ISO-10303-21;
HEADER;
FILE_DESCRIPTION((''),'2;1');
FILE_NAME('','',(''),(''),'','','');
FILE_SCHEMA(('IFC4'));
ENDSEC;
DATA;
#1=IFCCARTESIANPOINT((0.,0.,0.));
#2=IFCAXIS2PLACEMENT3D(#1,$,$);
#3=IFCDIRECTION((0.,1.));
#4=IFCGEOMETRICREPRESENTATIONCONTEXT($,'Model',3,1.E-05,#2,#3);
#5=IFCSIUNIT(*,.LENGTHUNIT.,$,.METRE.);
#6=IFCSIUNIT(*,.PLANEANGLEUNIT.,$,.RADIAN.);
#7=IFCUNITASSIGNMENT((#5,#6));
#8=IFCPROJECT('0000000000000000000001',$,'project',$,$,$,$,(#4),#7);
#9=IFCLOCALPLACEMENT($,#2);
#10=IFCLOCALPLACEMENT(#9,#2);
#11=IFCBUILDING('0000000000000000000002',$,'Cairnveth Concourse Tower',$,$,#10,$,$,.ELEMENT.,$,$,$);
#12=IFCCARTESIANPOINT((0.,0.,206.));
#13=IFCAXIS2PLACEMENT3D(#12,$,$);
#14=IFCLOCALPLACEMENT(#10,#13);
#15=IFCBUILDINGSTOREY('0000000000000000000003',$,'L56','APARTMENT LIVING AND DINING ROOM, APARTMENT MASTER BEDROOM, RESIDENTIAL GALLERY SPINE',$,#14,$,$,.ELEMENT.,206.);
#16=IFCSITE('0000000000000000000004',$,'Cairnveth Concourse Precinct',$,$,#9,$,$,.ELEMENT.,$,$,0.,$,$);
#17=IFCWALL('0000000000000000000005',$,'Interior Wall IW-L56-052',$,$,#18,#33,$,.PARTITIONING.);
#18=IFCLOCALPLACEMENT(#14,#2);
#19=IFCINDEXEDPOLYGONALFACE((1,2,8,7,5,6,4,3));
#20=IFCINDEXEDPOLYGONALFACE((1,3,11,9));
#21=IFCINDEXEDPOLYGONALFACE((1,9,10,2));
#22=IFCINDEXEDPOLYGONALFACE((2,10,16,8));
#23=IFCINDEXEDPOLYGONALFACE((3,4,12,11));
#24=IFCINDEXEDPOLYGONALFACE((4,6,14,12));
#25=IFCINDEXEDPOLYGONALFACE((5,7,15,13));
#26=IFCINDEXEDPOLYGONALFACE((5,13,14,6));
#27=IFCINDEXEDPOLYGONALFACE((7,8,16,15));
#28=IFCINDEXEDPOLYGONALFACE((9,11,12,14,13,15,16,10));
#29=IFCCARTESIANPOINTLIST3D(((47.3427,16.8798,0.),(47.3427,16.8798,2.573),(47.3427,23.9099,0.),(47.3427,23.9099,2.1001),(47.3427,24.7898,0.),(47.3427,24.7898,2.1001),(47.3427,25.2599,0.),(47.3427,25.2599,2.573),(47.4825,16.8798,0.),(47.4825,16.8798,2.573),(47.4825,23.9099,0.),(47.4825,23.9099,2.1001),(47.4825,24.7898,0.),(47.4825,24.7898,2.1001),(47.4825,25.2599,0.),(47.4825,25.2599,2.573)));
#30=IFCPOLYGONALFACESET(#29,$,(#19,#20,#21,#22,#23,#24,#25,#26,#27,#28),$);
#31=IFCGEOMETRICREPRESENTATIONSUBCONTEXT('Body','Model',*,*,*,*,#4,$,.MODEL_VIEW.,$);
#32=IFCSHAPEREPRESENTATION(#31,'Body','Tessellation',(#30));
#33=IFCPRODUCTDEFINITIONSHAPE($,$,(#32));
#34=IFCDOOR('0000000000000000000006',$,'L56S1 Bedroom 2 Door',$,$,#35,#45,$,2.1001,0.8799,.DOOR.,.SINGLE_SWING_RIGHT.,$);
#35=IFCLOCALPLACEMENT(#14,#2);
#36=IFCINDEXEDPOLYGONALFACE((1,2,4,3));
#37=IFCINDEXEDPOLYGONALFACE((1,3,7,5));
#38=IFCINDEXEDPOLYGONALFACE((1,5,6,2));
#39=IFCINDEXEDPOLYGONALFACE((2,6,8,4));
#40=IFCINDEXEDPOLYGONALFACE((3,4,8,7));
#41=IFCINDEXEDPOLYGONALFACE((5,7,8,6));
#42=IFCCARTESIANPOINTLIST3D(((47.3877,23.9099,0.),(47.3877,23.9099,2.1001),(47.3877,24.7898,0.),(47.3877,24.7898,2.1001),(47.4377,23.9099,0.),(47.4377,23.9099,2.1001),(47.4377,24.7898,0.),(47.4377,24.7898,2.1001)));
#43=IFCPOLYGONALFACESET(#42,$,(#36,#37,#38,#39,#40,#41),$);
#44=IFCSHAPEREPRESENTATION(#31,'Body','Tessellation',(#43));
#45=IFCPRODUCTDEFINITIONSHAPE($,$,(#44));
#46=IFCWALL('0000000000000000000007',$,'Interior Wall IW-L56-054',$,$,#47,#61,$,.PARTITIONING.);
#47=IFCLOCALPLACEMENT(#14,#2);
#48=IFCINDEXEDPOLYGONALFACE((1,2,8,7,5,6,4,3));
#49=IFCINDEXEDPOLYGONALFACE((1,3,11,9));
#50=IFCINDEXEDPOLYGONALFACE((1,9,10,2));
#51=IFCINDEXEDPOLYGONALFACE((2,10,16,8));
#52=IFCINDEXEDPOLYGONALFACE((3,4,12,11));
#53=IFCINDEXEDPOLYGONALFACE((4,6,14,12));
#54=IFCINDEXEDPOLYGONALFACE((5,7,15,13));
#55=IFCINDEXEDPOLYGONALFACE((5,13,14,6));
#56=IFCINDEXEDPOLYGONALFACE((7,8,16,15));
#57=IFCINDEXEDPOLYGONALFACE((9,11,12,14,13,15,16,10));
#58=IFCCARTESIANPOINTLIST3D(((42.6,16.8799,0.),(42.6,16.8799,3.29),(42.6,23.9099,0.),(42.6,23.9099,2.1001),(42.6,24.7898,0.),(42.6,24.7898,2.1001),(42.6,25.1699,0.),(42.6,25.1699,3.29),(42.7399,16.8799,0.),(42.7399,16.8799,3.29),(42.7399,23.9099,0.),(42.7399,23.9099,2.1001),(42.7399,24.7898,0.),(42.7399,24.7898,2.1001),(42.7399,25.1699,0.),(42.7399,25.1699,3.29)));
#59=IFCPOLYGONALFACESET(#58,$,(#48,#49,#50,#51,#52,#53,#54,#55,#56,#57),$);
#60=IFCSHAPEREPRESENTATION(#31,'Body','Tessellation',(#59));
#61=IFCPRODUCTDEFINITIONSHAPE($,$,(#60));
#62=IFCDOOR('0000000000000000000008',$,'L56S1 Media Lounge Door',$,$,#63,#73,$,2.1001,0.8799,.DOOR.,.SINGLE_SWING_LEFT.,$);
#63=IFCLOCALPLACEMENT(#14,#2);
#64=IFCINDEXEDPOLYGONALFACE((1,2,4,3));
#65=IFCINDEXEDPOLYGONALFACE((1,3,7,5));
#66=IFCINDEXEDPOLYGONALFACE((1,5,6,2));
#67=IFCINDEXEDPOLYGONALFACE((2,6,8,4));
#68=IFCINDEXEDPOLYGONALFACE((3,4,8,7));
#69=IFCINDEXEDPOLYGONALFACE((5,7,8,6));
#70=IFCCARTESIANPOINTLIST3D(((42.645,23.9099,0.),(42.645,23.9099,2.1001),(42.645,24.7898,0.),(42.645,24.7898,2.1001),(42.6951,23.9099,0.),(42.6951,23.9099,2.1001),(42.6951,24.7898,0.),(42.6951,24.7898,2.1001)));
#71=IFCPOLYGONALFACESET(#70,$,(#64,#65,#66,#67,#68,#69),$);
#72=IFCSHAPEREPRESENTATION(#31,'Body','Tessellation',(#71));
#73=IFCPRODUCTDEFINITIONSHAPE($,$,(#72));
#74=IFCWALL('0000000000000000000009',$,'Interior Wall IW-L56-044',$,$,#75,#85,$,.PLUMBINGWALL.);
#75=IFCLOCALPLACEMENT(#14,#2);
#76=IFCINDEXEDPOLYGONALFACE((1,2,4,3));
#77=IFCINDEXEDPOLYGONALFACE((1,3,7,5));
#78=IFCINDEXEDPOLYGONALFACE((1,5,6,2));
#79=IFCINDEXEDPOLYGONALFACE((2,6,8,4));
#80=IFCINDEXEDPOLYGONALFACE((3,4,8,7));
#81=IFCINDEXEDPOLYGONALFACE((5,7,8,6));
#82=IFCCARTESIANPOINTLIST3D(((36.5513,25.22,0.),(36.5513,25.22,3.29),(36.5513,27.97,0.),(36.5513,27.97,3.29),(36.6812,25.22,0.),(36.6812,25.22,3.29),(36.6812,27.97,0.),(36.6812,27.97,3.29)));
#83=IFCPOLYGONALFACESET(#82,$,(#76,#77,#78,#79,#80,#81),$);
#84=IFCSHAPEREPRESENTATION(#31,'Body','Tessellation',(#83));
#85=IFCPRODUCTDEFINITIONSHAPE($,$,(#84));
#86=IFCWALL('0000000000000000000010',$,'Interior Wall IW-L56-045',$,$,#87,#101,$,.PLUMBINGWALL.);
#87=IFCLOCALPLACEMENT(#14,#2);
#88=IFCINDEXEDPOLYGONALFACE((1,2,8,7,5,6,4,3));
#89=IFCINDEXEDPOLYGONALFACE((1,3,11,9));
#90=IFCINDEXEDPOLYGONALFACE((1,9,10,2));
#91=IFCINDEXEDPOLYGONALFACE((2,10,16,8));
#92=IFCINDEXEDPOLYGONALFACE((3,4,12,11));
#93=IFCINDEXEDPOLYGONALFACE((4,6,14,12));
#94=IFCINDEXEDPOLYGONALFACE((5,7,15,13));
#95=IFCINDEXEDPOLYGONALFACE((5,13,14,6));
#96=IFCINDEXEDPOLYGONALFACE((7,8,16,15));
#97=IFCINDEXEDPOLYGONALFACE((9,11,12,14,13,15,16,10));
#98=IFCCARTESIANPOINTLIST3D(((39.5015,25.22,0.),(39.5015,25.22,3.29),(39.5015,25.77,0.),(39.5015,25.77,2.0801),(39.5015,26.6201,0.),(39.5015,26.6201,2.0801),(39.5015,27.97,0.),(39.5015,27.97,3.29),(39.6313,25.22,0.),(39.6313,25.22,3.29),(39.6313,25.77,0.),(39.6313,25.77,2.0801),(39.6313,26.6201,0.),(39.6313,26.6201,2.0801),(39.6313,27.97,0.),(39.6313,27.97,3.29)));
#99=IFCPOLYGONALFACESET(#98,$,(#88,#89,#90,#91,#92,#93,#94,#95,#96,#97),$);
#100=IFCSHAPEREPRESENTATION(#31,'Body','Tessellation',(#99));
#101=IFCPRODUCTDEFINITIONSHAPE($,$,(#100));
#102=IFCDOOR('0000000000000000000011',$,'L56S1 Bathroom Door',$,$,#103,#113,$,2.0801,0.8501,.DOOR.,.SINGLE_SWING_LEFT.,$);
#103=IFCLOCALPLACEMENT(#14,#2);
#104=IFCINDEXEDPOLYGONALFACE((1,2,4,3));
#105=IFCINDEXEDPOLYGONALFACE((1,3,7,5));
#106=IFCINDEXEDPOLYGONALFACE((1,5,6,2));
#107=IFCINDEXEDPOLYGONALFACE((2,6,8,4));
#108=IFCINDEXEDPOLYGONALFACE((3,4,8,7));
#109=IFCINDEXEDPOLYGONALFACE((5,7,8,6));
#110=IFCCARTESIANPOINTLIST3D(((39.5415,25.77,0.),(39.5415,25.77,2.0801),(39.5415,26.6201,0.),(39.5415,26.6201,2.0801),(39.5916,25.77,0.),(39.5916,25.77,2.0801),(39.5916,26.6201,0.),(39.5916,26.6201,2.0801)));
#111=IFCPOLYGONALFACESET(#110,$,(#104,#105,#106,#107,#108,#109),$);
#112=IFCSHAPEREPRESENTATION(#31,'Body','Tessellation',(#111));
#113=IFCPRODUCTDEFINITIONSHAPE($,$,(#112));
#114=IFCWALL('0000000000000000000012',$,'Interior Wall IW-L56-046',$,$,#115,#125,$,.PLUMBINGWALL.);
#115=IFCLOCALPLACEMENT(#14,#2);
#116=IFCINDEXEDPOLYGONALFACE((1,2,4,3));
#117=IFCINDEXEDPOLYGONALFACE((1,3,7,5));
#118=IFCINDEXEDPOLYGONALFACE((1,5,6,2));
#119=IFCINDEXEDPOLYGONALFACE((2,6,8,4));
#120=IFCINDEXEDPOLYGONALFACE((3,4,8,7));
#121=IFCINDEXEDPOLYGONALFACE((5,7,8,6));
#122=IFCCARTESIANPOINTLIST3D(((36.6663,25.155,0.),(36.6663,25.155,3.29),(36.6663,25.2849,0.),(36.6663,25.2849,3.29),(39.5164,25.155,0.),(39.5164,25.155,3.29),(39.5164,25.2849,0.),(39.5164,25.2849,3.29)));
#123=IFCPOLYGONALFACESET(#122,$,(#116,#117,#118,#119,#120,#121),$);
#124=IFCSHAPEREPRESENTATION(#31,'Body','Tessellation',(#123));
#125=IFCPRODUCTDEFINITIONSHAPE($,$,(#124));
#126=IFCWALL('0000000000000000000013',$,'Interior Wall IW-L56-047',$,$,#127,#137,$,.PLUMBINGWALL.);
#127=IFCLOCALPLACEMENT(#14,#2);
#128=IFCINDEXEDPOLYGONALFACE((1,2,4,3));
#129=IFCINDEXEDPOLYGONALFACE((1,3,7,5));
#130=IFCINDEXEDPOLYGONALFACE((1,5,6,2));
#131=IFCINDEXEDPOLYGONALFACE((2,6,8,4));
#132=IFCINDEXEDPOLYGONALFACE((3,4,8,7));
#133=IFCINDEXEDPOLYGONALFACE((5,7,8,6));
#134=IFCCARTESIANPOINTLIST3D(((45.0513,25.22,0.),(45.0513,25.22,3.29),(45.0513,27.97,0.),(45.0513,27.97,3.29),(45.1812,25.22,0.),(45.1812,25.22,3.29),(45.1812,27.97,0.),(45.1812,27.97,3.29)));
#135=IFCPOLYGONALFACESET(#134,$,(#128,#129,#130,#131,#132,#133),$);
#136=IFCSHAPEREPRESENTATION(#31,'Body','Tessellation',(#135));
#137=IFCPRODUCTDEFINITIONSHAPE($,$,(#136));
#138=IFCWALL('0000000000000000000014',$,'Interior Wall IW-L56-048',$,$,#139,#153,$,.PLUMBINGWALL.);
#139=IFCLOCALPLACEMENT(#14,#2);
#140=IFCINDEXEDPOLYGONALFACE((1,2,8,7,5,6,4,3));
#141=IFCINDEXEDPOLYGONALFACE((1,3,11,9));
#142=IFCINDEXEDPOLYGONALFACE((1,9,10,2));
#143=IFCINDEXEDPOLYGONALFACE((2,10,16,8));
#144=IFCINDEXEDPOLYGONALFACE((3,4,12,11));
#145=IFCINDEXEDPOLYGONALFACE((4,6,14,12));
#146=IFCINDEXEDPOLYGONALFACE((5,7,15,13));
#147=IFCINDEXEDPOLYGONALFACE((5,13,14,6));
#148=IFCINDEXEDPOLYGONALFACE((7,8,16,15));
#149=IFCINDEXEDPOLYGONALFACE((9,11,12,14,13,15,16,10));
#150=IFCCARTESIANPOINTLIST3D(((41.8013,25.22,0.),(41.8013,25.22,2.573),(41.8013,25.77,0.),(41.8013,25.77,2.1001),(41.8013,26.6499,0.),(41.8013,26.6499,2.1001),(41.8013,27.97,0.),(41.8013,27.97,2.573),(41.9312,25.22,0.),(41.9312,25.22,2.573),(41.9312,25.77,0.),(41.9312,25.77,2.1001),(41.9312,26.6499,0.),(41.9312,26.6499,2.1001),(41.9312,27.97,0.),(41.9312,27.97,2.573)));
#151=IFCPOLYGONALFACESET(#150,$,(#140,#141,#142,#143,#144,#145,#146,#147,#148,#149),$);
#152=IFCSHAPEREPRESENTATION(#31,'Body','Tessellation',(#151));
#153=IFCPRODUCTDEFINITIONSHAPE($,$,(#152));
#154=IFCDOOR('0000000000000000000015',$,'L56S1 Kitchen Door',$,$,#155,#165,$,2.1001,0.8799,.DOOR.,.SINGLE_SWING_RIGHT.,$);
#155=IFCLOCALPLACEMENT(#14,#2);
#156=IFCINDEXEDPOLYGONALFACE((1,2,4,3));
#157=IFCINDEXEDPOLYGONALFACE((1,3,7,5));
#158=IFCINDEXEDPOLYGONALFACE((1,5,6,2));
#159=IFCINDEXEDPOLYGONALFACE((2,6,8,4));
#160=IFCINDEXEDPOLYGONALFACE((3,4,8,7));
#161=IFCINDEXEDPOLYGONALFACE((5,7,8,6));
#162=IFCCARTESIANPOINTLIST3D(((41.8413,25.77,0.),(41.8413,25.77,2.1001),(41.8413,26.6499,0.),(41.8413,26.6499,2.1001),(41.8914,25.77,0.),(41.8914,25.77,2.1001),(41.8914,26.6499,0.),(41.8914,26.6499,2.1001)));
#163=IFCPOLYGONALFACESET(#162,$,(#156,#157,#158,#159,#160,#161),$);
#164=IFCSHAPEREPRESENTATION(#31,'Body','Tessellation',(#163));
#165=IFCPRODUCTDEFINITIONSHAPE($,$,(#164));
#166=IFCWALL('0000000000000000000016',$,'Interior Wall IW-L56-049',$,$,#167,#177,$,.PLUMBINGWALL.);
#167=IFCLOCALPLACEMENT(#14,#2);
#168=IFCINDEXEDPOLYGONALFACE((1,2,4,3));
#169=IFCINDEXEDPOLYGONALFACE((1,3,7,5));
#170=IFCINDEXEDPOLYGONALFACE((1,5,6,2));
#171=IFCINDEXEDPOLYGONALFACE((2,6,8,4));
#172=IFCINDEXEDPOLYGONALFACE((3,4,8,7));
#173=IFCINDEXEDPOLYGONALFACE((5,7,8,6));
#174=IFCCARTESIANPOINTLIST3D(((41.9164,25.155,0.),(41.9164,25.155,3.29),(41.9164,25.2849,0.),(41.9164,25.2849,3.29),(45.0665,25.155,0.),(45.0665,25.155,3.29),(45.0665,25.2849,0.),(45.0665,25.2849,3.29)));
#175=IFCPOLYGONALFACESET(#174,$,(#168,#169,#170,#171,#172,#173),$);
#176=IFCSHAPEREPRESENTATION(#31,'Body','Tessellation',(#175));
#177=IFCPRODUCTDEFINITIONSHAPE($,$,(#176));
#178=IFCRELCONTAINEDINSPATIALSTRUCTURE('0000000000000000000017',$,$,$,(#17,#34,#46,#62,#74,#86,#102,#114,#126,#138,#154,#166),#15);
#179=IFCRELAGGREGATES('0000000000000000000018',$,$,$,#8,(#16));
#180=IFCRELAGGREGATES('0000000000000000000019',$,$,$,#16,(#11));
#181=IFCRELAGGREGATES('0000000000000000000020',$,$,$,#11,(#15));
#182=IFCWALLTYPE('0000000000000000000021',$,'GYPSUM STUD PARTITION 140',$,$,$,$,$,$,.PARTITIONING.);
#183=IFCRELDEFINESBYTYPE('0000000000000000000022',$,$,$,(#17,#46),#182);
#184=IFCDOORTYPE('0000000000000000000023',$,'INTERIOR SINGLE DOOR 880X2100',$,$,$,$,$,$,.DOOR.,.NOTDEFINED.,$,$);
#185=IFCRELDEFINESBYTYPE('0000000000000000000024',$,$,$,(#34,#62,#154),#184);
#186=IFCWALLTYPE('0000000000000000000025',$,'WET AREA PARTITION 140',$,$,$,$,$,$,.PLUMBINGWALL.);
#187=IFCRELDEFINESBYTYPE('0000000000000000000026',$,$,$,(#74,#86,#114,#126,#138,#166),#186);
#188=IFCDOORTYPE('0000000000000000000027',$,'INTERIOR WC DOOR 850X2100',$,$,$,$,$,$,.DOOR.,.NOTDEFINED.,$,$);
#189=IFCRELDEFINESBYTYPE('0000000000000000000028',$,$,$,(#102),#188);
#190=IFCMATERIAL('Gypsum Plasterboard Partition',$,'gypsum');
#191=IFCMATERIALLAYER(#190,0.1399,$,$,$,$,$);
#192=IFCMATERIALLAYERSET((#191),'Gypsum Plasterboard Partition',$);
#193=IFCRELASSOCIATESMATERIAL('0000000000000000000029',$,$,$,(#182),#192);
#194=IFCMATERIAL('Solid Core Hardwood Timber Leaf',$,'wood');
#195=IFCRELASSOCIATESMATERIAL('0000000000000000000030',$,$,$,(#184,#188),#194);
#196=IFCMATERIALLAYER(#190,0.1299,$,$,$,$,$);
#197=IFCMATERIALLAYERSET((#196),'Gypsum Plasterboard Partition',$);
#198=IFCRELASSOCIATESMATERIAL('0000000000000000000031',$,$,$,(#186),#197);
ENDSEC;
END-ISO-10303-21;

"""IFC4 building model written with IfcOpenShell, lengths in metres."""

from ifc_helpers import new_model, si_unit, direction, frame, frame_2d, origin, place, context, subcontext, project, spatial, rectangle, extrude, material, layer, layer_set, type_object, element, fill, save


model = new_model("IFC4")

# Units and contexts
model_context = context("Model", 3, precision=1e-05, world=origin(), true_north=direction((0.0, 1.0)))
body_context = subcontext(model_context, "Body", "Model", "MODEL_VIEW")
ifc_project = project(units=[si_unit("LENGTHUNIT", "METRE"), si_unit("PLANEANGLEUNIT", "RADIAN")], contexts=[model_context])

# Site, building, storey
site_placement = place(None, origin())
site = spatial("IfcSite", under=ifc_project, at=site_placement, Name="Cairnveth Concourse Precinct", CompositionType="ELEMENT", RefElevation=0.0)
building_placement = place(site_placement, origin())
building = spatial("IfcBuilding", under=site, at=building_placement, Name="Cairnveth Concourse Tower", CompositionType="ELEMENT")
storey_placement = place(building_placement, frame((0.0, 0.0, 206.0)))
storey = spatial("IfcBuildingStorey", under=building, at=storey_placement, Name="L56", Description="APARTMENT LIVING AND DINING ROOM, APARTMENT MASTER BEDROOM, RESIDENTIAL GALLERY SPINE", CompositionType="ELEMENT", Elevation=206.0)

# Walls, openings, doors
ifc_material_1 = material(Name="Gypsum Plasterboard Partition", Category="gypsum")
ifc_layer_1 = layer(ifc_material_1, 0.1399)
ifc_layer_set_1 = layer_set([ifc_layer_1], Name="Gypsum Plasterboard Partition")
wall_type_1 = type_object("IfcWallType", Name="GYPSUM STUD PARTITION 140", PredefinedType="PARTITIONING", material=ifc_layer_set_1)
ifc_material_2 = material(Name="Solid Core Hardwood Timber Leaf", Category="wood")
door_type_1 = type_object("IfcDoorType", Name="INTERIOR SINGLE DOOR 880X2100", OperationType="NOTDEFINED", PredefinedType="DOOR", material=ifc_material_2)
wall_1_placement = place(storey_placement, frame((47.4126, 16.8799, 0.0), z_axis=(0.0, 0.0, 1.0), x_axis=(0.0, 1.0, 0.0)))
wall_1 = element("IfcWall", 1, at=wall_1_placement, inside=storey, type_object=wall_type_1, Name="Interior Wall IW-L56-052", PredefinedType="PARTITIONING", context=body_context, shape_type="SweptSolid", body=[
    extrude(rectangle(XDim=8.3801, YDim=0.1399, at=frame_2d((4.1899, 0.0))), origin(), (0.0, 0.0, 1.0), 2.573),
])
opening_1_placement = place(wall_1_placement, frame((7.03, 0.0, 0.0)))
opening_1 = element("IfcOpeningElement", 2, at=opening_1_placement, cuts=wall_1, PredefinedType="OPENING", context=body_context, shape_type="SweptSolid", body=[
    extrude(rectangle(XDim=0.8799, YDim=2.1001, at=frame_2d((0.4399, 1.05))), frame((0.0, 0.0798, 0.0), z_axis=(0.0, -1.0, 0.0), x_axis=(1.0, 0.0, 0.0)), (0.0, 0.0, 1.0), 0.1599),
])
door_1_placement = place(opening_1_placement, origin())
door_1 = element("IfcDoor", 3, at=door_1_placement, inside=storey, type_object=door_type_1, Name="L56S1 Bedroom 2 Door", OperationType="SINGLE_SWING_RIGHT", OverallHeight=2.1001, OverallWidth=0.8799, PredefinedType="DOOR", context=body_context, shape_type="SweptSolid", body=[
    extrude(rectangle(XDim=0.8799, YDim=2.1001, at=frame_2d((0.4399, 1.05))), frame((0.0, 0.0249, 0.0), z_axis=(0.0, -1.0, 0.0), x_axis=(1.0, 0.0, 0.0)), (0.0, 0.0, 1.0), 0.05),
])
fill(opening_1, door_1)
wall_2_placement = place(storey_placement, frame((42.6699, 16.8799, 0.0), z_axis=(0.0, 0.0, 1.0), x_axis=(0.0, 1.0, 0.0)))
wall_2 = element("IfcWall", 4, at=wall_2_placement, inside=storey, type_object=wall_type_1, Name="Interior Wall IW-L56-054", PredefinedType="PARTITIONING", context=body_context, shape_type="SweptSolid", body=[
    extrude(rectangle(XDim=8.29, YDim=0.1399, at=frame_2d((4.145, 0.0))), origin(), (0.0, 0.0, 1.0), 3.29),
])
opening_2_placement = place(wall_2_placement, frame((7.03, 0.0, 0.0)))
opening_2 = element("IfcOpeningElement", 5, at=opening_2_placement, cuts=wall_2, PredefinedType="OPENING", context=body_context, shape_type="SweptSolid", body=[
    extrude(rectangle(XDim=0.8799, YDim=2.1001, at=frame_2d((0.4399, 1.05))), frame((0.0, 0.0798, 0.0), z_axis=(0.0, -1.0, 0.0), x_axis=(1.0, 0.0, 0.0)), (0.0, 0.0, 1.0), 0.1599),
])
door_2_placement = place(opening_2_placement, origin())
door_2 = element("IfcDoor", 6, at=door_2_placement, inside=storey, type_object=door_type_1, Name="L56S1 Media Lounge Door", OperationType="SINGLE_SWING_LEFT", OverallHeight=2.1001, OverallWidth=0.8799, PredefinedType="DOOR", context=body_context, shape_type="SweptSolid", body=[
    extrude(rectangle(XDim=0.8799, YDim=2.1001, at=frame_2d((0.4399, 1.05))), frame((0.0, 0.0249, 0.0), z_axis=(0.0, -1.0, 0.0), x_axis=(1.0, 0.0, 0.0)), (0.0, 0.0, 1.0), 0.05),
])
fill(opening_2, door_2)

# Wall
ifc_layer_2 = layer(ifc_material_1, 0.1299)
ifc_layer_set_2 = layer_set([ifc_layer_2], Name="Gypsum Plasterboard Partition")
wall_type_2 = type_object("IfcWallType", Name="WET AREA PARTITION 140", PredefinedType="PLUMBINGWALL", material=ifc_layer_set_2)
wall_3_placement = place(storey_placement, frame((36.6162, 25.22, 0.0), z_axis=(0.0, 0.0, 1.0), x_axis=(0.0, 1.0, 0.0)))
element("IfcWall", 7, at=wall_3_placement, inside=storey, type_object=wall_type_2, Name="Interior Wall IW-L56-044", PredefinedType="PLUMBINGWALL", context=body_context, shape_type="SweptSolid", body=[
    extrude(rectangle(XDim=2.75, YDim=0.1299, at=frame_2d((1.375, 0.0))), origin(), (0.0, 0.0, 1.0), 3.29),
])

# Wall, opening, door
wall_4_placement = place(storey_placement, frame((39.5664, 25.22, 0.0), z_axis=(0.0, 0.0, 1.0), x_axis=(0.0, 1.0, 0.0)))
wall_4 = element("IfcWall", 8, at=wall_4_placement, inside=storey, type_object=wall_type_2, Name="Interior Wall IW-L56-045", PredefinedType="PLUMBINGWALL", context=body_context, shape_type="SweptSolid", body=[
    extrude(rectangle(XDim=2.75, YDim=0.1299, at=frame_2d((1.375, 0.0))), origin(), (0.0, 0.0, 1.0), 3.29),
])
opening_3_placement = place(wall_4_placement, frame((0.55, 0.0, 0.0)))
opening_3 = element("IfcOpeningElement", 9, at=opening_3_placement, cuts=wall_4, PredefinedType="OPENING", context=body_context, shape_type="SweptSolid", body=[
    extrude(rectangle(XDim=0.8501, YDim=2.0801, at=frame_2d((0.425, 1.04))), frame((0.0, 0.075, 0.0), z_axis=(0.0, -1.0, 0.0), x_axis=(1.0, 0.0, 0.0)), (0.0, 0.0, 1.0), 0.1499),
])
door_type_2 = type_object("IfcDoorType", Name="INTERIOR WC DOOR 850X2100", OperationType="NOTDEFINED", PredefinedType="DOOR", material=ifc_material_2)
door_3_placement = place(opening_3_placement, origin())
door_3 = element("IfcDoor", 10, at=door_3_placement, inside=storey, type_object=door_type_2, Name="L56S1 Bathroom Door", OperationType="SINGLE_SWING_LEFT", OverallHeight=2.0801, OverallWidth=0.8501, PredefinedType="DOOR", context=body_context, shape_type="SweptSolid", body=[
    extrude(rectangle(XDim=0.8501, YDim=2.0801, at=frame_2d((0.425, 1.04))), frame((0.0, 0.0249, 0.0), z_axis=(0.0, -1.0, 0.0), x_axis=(1.0, 0.0, 0.0)), (0.0, 0.0, 1.0), 0.05),
])
fill(opening_3, door_3)

# Walls
wall_5_placement = place(storey_placement, frame((36.6663, 25.22, 0.0), z_axis=(0.0, 0.0, 1.0), x_axis=(1.0, 0.0, 0.0)))
element("IfcWall", 11, at=wall_5_placement, inside=storey, type_object=wall_type_2, Name="Interior Wall IW-L56-046", PredefinedType="PLUMBINGWALL", context=body_context, shape_type="SweptSolid", body=[
    extrude(rectangle(XDim=2.8501, YDim=0.1299, at=frame_2d((1.425, 0.0))), origin(), (0.0, 0.0, 1.0), 3.29),
])
wall_6_placement = place(storey_placement, frame((45.1162, 25.22, 0.0), z_axis=(0.0, 0.0, 1.0), x_axis=(0.0, 1.0, 0.0)))
element("IfcWall", 12, at=wall_6_placement, inside=storey, type_object=wall_type_2, Name="Interior Wall IW-L56-047", PredefinedType="PLUMBINGWALL", context=body_context, shape_type="SweptSolid", body=[
    extrude(rectangle(XDim=2.75, YDim=0.1299, at=frame_2d((1.375, 0.0))), origin(), (0.0, 0.0, 1.0), 3.29),
])

# Wall, opening, door
wall_7_placement = place(storey_placement, frame((41.8662, 25.22, 0.0), z_axis=(0.0, 0.0, 1.0), x_axis=(0.0, 1.0, 0.0)))
wall_7 = element("IfcWall", 13, at=wall_7_placement, inside=storey, type_object=wall_type_2, Name="Interior Wall IW-L56-048", PredefinedType="PLUMBINGWALL", context=body_context, shape_type="SweptSolid", body=[
    extrude(rectangle(XDim=2.75, YDim=0.1299, at=frame_2d((1.375, 0.0))), origin(), (0.0, 0.0, 1.0), 2.573),
])
opening_4_placement = place(wall_7_placement, frame((0.55, 0.0, 0.0)))
opening_4 = element("IfcOpeningElement", 14, at=opening_4_placement, cuts=wall_7, PredefinedType="OPENING", context=body_context, shape_type="SweptSolid", body=[
    extrude(rectangle(XDim=0.8799, YDim=2.1001, at=frame_2d((0.4399, 1.05))), frame((0.0, 0.075, 0.0), z_axis=(0.0, -1.0, 0.0), x_axis=(1.0, 0.0, 0.0)), (0.0, 0.0, 1.0), 0.1499),
])
door_4_placement = place(opening_4_placement, origin())
door_4 = element("IfcDoor", 15, at=door_4_placement, inside=storey, type_object=door_type_1, Name="L56S1 Kitchen Door", OperationType="SINGLE_SWING_RIGHT", OverallHeight=2.1001, OverallWidth=0.8799, PredefinedType="DOOR", context=body_context, shape_type="SweptSolid", body=[
    extrude(rectangle(XDim=0.8799, YDim=2.1001, at=frame_2d((0.4399, 1.05))), frame((0.0, 0.0249, 0.0), z_axis=(0.0, -1.0, 0.0), x_axis=(1.0, 0.0, 0.0)), (0.0, 0.0, 1.0), 0.05),
])
fill(opening_4, door_4)

# Wall
wall_8_placement = place(storey_placement, frame((41.9163, 25.22, 0.0), z_axis=(0.0, 0.0, 1.0), x_axis=(1.0, 0.0, 0.0)))
element("IfcWall", 16, at=wall_8_placement, inside=storey, type_object=wall_type_2, Name="Interior Wall IW-L56-049", PredefinedType="PLUMBINGWALL", context=body_context, shape_type="SweptSolid", body=[
    extrude(rectangle(XDim=3.1501, YDim=0.1299, at=frame_2d((1.5752, 0.0))), origin(), (0.0, 0.0, 1.0), 3.29),
])

save(model, "model.ifc")
